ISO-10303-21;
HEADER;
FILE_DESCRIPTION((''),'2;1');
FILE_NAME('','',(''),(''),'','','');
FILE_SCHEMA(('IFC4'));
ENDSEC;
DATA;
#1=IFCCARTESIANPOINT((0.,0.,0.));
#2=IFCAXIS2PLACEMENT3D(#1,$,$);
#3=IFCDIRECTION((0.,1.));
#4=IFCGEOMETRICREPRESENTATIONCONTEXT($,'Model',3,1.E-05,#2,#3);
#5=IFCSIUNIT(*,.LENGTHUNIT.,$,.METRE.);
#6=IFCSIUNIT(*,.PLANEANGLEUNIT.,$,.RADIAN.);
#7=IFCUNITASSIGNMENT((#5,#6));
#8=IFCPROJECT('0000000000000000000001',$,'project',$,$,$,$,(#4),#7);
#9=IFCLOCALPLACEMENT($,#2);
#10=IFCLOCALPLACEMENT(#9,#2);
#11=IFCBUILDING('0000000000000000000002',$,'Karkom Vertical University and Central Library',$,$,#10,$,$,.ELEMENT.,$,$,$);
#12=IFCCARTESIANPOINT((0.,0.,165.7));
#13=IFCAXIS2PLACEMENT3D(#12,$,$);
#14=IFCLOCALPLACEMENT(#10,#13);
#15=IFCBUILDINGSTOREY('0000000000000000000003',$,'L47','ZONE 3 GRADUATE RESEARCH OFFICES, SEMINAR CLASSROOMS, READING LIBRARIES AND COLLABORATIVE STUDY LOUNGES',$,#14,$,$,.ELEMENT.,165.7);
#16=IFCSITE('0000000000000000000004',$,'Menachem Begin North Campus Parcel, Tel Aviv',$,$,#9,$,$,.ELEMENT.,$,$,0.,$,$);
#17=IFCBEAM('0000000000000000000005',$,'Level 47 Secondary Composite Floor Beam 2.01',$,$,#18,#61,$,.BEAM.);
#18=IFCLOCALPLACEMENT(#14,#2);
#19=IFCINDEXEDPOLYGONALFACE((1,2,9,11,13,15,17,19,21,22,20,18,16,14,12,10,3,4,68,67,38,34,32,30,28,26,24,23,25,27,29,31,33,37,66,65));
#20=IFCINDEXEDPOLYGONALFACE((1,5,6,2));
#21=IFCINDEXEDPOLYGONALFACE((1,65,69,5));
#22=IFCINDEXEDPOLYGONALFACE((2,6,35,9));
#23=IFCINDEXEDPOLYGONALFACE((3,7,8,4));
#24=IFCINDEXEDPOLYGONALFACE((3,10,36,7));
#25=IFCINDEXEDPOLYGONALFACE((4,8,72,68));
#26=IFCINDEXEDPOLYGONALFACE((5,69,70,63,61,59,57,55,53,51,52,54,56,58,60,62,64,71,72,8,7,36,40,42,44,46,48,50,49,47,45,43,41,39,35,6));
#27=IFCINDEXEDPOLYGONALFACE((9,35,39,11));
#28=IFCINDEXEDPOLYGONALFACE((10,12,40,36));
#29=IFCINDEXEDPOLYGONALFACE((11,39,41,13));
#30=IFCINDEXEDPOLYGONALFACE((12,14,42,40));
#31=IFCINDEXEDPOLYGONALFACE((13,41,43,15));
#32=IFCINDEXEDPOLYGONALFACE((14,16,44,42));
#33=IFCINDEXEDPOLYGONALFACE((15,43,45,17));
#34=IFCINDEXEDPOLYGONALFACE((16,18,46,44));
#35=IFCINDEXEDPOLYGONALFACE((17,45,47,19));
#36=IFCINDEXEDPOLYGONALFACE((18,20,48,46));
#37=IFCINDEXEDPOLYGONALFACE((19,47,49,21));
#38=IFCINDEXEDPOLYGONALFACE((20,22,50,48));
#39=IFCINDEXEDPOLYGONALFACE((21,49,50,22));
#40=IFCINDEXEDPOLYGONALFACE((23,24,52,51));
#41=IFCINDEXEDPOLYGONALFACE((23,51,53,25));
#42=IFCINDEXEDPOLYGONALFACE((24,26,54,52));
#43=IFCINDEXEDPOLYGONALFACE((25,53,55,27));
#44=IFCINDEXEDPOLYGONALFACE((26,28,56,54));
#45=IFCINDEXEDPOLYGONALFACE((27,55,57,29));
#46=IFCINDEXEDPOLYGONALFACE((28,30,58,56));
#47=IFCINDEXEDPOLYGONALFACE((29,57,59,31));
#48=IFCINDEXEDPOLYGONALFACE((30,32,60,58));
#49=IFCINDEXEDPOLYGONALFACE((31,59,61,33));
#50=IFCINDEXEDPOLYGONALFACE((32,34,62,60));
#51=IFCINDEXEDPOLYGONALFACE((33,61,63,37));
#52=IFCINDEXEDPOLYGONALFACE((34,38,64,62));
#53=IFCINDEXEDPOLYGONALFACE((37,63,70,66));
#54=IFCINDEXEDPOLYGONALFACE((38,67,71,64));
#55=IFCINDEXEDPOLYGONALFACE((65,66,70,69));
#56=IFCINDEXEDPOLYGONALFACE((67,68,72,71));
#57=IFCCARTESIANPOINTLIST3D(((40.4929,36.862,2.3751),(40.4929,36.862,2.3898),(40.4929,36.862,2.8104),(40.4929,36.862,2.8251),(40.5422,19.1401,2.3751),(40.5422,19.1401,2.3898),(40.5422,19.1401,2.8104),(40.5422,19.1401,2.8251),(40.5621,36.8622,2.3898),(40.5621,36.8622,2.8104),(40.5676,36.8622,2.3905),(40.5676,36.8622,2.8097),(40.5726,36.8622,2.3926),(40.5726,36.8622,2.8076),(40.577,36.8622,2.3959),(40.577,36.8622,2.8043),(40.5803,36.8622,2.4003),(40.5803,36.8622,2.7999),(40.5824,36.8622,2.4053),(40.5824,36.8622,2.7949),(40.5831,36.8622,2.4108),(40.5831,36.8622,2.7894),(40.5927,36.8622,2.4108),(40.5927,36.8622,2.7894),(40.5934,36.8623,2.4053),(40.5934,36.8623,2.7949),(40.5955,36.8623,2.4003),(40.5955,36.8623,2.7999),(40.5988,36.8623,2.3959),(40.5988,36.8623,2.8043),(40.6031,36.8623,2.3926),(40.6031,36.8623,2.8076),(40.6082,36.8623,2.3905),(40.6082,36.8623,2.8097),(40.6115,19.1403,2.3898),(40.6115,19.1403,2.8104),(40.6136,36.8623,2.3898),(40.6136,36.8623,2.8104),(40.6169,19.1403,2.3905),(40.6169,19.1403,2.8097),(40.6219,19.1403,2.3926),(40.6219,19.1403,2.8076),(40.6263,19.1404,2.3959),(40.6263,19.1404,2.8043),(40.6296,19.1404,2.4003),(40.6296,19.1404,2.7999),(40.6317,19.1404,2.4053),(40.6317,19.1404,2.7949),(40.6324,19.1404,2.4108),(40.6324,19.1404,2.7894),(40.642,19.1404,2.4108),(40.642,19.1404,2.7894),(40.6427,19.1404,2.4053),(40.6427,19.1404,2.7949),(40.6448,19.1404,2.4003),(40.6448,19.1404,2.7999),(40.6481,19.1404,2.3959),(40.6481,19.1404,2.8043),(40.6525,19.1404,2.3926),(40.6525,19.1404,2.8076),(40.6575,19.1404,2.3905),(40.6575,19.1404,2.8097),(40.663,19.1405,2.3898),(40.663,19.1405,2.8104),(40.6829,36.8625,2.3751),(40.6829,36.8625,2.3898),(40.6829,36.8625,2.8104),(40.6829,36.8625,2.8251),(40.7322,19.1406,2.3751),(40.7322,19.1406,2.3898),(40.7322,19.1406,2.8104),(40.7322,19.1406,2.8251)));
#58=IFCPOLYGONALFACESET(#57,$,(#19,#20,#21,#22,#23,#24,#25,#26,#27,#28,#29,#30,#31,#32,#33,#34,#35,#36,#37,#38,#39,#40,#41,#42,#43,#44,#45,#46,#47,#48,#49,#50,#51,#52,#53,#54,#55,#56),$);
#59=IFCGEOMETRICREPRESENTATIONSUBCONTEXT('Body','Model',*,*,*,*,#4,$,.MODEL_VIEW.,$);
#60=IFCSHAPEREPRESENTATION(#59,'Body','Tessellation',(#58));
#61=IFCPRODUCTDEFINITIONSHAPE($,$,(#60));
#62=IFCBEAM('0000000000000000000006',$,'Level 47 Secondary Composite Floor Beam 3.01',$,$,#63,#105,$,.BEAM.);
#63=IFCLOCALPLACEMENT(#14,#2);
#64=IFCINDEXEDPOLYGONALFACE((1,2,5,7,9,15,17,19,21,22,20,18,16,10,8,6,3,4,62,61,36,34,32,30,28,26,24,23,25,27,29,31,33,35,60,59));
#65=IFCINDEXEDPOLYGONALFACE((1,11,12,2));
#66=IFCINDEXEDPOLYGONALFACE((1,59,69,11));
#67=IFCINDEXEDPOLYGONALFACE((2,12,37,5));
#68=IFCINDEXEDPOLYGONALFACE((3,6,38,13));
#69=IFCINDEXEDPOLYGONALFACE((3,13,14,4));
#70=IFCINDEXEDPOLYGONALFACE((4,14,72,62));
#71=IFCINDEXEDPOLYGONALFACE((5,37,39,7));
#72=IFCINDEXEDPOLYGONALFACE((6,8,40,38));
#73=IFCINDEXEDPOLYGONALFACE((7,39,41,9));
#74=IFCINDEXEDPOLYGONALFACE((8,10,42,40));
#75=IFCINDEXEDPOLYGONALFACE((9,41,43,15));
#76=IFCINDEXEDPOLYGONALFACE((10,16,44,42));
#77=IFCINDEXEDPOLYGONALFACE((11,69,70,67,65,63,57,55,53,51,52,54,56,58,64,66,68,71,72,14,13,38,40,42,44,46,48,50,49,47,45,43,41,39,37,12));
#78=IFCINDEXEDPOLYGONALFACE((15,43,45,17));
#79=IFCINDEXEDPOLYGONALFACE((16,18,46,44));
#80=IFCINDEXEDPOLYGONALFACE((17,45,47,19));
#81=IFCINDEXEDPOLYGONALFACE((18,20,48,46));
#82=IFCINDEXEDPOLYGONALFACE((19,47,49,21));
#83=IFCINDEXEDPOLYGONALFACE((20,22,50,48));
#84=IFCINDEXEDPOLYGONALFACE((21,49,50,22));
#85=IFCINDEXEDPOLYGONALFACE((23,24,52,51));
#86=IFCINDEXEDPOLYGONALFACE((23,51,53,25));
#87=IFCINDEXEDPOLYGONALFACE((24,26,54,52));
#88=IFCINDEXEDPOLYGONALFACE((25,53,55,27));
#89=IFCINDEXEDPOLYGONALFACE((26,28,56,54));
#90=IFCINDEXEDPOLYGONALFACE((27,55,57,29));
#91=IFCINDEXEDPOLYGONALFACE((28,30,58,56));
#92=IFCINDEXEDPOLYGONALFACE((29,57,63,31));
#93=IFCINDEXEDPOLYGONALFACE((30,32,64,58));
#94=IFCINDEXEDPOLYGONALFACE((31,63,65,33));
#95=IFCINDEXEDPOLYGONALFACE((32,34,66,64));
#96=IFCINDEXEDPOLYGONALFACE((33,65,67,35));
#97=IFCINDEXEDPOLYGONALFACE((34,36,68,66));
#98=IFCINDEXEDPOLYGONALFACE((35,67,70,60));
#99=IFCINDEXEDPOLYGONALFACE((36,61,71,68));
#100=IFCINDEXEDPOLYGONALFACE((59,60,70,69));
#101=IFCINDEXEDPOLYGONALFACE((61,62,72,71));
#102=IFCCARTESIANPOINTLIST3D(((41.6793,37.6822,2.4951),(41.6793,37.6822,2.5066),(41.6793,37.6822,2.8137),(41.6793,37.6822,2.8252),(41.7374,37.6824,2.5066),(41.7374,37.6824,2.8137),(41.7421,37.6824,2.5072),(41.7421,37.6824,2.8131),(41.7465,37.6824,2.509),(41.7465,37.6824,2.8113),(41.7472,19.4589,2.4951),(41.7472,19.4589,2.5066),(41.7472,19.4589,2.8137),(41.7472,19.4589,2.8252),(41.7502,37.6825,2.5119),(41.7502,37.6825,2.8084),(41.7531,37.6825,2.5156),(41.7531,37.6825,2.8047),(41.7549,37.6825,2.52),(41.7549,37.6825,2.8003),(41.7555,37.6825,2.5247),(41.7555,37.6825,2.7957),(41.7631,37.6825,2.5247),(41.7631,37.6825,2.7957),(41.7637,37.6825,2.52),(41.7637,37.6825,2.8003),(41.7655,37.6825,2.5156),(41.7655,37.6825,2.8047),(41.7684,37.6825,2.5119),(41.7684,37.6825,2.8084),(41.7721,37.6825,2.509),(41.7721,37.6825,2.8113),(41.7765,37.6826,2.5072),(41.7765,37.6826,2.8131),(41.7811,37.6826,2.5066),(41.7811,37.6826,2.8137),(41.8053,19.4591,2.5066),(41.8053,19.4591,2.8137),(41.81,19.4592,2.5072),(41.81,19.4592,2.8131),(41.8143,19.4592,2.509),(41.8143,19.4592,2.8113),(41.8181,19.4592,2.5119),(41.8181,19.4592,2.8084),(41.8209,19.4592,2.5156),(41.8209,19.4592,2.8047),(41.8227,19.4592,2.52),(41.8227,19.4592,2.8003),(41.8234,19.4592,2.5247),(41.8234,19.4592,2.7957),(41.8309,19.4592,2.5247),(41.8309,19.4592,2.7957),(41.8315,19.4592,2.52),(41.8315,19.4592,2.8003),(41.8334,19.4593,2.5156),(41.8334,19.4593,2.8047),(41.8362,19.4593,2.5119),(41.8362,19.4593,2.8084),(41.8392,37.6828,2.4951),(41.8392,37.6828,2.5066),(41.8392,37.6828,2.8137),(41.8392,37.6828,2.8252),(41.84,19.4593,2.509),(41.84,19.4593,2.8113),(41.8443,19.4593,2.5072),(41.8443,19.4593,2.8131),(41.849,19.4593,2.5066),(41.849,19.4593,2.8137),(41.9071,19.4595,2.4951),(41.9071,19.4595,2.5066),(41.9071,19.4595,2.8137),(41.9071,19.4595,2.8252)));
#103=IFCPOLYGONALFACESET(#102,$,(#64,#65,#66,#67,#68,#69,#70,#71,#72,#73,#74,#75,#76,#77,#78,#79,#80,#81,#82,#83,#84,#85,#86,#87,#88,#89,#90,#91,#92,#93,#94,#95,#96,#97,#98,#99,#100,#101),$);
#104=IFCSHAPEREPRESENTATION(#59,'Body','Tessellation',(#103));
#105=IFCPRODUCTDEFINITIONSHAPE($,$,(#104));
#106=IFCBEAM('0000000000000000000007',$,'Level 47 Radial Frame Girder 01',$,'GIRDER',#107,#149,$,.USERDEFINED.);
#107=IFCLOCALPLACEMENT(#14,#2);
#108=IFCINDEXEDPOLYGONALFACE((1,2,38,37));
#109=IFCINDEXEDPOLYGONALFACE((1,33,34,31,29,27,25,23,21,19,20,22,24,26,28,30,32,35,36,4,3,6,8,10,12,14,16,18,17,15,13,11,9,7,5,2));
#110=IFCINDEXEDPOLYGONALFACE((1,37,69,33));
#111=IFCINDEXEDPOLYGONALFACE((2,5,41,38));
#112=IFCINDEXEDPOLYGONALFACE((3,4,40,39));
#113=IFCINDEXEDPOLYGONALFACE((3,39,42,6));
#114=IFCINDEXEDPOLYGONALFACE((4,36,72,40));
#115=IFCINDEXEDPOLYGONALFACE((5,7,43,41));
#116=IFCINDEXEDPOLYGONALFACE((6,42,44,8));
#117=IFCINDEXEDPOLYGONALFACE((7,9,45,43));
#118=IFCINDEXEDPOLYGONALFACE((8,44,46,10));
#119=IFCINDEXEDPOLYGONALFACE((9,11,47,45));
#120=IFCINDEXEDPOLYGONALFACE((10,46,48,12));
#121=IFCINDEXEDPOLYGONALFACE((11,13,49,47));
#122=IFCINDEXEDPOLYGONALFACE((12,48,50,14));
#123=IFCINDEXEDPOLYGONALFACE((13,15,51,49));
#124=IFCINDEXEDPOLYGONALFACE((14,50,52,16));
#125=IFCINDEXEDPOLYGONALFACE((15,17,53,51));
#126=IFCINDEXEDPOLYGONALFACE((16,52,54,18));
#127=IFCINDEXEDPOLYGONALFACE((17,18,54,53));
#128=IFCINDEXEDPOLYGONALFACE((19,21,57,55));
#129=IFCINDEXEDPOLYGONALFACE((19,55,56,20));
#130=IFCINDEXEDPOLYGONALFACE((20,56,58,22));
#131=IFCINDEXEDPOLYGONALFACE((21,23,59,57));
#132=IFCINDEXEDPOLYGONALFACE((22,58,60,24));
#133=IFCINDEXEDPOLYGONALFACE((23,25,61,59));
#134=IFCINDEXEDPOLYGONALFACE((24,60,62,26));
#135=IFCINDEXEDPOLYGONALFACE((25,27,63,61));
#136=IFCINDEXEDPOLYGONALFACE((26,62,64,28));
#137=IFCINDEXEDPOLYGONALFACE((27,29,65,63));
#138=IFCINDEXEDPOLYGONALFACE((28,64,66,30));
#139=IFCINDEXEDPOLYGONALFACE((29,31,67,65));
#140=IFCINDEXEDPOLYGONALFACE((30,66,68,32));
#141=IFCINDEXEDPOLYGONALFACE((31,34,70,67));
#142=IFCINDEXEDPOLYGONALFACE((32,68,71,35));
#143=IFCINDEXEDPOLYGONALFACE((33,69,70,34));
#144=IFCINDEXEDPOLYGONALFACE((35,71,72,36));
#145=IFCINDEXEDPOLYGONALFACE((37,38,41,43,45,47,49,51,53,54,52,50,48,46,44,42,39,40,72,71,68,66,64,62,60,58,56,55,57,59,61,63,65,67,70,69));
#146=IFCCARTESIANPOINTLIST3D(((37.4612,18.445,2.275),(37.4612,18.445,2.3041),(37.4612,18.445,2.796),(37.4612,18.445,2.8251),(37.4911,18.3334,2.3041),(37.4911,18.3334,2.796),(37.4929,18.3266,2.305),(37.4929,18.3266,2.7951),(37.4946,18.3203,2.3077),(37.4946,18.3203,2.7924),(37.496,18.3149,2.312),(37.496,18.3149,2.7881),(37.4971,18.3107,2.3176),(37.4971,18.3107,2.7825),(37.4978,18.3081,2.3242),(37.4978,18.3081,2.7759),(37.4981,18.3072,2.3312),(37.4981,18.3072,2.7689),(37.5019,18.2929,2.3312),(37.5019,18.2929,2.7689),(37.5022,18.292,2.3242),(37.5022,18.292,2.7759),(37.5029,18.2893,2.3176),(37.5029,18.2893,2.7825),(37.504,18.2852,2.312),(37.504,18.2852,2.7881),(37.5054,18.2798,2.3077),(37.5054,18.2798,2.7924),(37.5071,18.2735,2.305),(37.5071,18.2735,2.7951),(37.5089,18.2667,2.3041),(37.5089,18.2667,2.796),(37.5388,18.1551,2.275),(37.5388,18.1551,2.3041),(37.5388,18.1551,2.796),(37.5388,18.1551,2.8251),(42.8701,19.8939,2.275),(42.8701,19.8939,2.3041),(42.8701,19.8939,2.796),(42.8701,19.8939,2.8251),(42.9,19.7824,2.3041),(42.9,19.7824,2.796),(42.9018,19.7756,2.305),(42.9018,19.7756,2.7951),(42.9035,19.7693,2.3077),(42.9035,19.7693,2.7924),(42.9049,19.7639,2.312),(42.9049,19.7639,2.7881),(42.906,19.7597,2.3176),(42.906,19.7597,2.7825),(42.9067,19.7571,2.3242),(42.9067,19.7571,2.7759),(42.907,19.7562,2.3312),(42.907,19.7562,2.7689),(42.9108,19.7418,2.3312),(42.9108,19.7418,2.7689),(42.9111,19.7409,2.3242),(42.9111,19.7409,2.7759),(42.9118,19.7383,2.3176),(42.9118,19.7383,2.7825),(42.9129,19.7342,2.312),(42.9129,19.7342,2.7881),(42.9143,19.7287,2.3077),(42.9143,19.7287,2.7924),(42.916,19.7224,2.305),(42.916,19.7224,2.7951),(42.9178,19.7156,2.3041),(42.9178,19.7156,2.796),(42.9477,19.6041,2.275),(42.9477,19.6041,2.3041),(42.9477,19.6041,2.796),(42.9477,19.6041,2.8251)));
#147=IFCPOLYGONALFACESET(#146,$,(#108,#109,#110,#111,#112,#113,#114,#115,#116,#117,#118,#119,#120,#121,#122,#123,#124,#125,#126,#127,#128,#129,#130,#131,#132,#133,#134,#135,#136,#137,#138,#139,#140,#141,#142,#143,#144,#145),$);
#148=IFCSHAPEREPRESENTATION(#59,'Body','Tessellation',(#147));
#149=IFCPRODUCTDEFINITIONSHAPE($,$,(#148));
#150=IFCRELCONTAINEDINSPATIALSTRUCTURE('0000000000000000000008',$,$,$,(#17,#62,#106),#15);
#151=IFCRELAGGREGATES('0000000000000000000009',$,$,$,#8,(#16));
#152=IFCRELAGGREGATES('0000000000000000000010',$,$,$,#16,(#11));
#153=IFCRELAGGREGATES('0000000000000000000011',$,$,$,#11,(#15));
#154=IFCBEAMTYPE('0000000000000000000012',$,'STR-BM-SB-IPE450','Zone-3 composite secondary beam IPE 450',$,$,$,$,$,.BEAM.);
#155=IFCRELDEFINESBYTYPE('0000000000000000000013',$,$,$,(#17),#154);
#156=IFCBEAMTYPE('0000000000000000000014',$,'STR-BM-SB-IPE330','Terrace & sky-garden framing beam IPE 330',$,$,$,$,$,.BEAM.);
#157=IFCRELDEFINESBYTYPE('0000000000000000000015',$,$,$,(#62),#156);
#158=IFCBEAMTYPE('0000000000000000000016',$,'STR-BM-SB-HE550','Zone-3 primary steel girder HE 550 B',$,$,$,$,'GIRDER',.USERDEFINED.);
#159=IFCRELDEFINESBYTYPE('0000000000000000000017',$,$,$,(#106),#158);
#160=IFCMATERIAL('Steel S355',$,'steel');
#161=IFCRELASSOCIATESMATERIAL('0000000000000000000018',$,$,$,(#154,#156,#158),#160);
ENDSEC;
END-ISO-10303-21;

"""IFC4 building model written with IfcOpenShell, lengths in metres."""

from ifc_helpers import new_model, si_unit, direction, frame, origin, origin_with_axes, origin_2d, place, context, subcontext, project, spatial, i_section, extrude, source, transform, mapped, material, material_profile, profile_set, type_object, element, save


model = new_model("IFC4")

# Units and contexts
model_context = context("Model", 3, precision=1e-05, world=origin(), true_north=direction((0.0, 1.0)))
body_context = subcontext(model_context, "Body", "Model", "MODEL_VIEW")
ifc_project = project(units=[si_unit("LENGTHUNIT", "METRE"), si_unit("PLANEANGLEUNIT", "RADIAN")], contexts=[model_context])

# Site, building, storey
site_placement = place(None, origin())
site = spatial("IfcSite", under=ifc_project, at=site_placement, Name="Menachem Begin North Campus Parcel, Tel Aviv", CompositionType="ELEMENT", RefElevation=0.0)
building_placement = place(site_placement, origin())
building = spatial("IfcBuilding", under=site, at=building_placement, Name="Karkom Vertical University and Central Library", CompositionType="ELEMENT")
storey_placement = place(building_placement, frame((0.0, 0.0, 165.7)))
storey = spatial("IfcBuildingStorey", under=building, at=storey_placement, Name="L47", Description="ZONE 3 GRADUATE RESEARCH OFFICES, SEMINAR CLASSROOMS, READING LIBRARIES AND COLLABORATIVE STUDY LOUNGES", CompositionType="ELEMENT", Elevation=165.7)

# Beams
ifc_material_1 = material(Name="Steel S355", Category="steel")
ifc_material_profile_1 = material_profile(ifc_material_1, i_section(OverallWidth=0.1899, OverallDepth=0.45, WebThickness=0.0095, FlangeThickness=0.0146, FilletRadius=0.021, at=origin_2d()), Name="IPE 450")
ifc_profile_set_1 = profile_set([ifc_material_profile_1], Name="Steel S355")
beam_type_1 = type_object("IfcBeamType", Name="STR-BM-SB-IPE450", Description="Zone-3 composite secondary beam IPE 450", PredefinedType="BEAM", material=ifc_profile_set_1)
shared_shape_1 = source(origin_with_axes(), body_context, "Body", "SweptSolid", [
    extrude(i_section(OverallWidth=0.1899, OverallDepth=0.45, WebThickness=0.0095, FlangeThickness=0.0146, FilletRadius=0.021, at=origin_2d()), origin(), (0.0, 0.0, 1.0), 17.7219),
])
beam_1_placement = place(storey_placement, frame((40.6372, 19.1404, 2.6001), z_axis=(-0.002783, 0.999996, 0.0), x_axis=(-0.999996, -0.002783, 0.0)))
element("IfcBeam", 1, at=beam_1_placement, inside=storey, type_object=beam_type_1, Name="Level 47 Secondary Composite Floor Beam 2.01", PredefinedType="BEAM", context=body_context, shape_type="MappedRepresentation", body=[
    mapped(shared_shape_1, transform((0.0, 0.0, 0.0), scale=1.0)),
])
ifc_material_profile_2 = material_profile(ifc_material_1, i_section(OverallWidth=0.1599, OverallDepth=0.3301, WebThickness=0.0076, FlangeThickness=0.0115, FilletRadius=0.0181, at=origin_2d()), Name="IPE 330")
ifc_profile_set_2 = profile_set([ifc_material_profile_2], Name="Steel S355")
beam_type_2 = type_object("IfcBeamType", Name="STR-BM-SB-IPE330", Description="Terrace & sky-garden framing beam IPE 330", PredefinedType="BEAM", material=ifc_profile_set_2)
shared_shape_2 = source(origin_with_axes(), body_context, "Body", "SweptSolid", [
    extrude(i_section(OverallWidth=0.1599, OverallDepth=0.3301, WebThickness=0.0076, FlangeThickness=0.0115, FilletRadius=0.0181, at=origin_2d()), origin(), (0.0, 0.0, 1.0), 18.2234),
])
beam_2_placement = place(storey_placement, frame((41.8271, 19.4592, 2.6602), z_axis=(-0.003724, 0.999993, 0.0), x_axis=(-0.999993, -0.003724, 0.0)))
element("IfcBeam", 2, at=beam_2_placement, inside=storey, type_object=beam_type_2, Name="Level 47 Secondary Composite Floor Beam 3.01", PredefinedType="BEAM", context=body_context, shape_type="MappedRepresentation", body=[
    mapped(shared_shape_2, transform((0.0, 0.0, 0.0), scale=1.0)),
])
ifc_material_profile_3 = material_profile(ifc_material_1, i_section(OverallWidth=0.3, OverallDepth=0.55, WebThickness=0.0149, FlangeThickness=0.0291, FilletRadius=0.0271, at=origin_2d()), Name="HE 550 B")
ifc_profile_set_3 = profile_set([ifc_material_profile_3], Name="Steel S355")
beam_type_3 = type_object("IfcBeamType", Name="STR-BM-SB-HE550", Description="Zone-3 primary steel girder HE 550 B", ElementType="GIRDER", PredefinedType="USERDEFINED", material=ifc_profile_set_3)
shared_shape_3 = source(origin_with_axes(), body_context, "Body", "SweptSolid", [
    extrude(i_section(OverallWidth=0.3, OverallDepth=0.55, WebThickness=0.0149, FlangeThickness=0.0291, FilletRadius=0.0271, at=origin_2d()), origin(), (0.0, 0.0, 1.0), 5.5996),
])
beam_3_placement = place(storey_placement, frame((37.5, 18.3, 2.55), z_axis=(0.965941, 0.258762, 0.0), x_axis=(-0.258762, 0.965941, 0.0)))
element("IfcBeam", 3, at=beam_3_placement, inside=storey, type_object=beam_type_3, Name="Level 47 Radial Frame Girder 01", ObjectType="GIRDER", PredefinedType="USERDEFINED", context=body_context, shape_type="MappedRepresentation", body=[
    mapped(shared_shape_3, transform((0.0, 0.0, 0.0), scale=1.0)),
])

save(model, "model.ifc")
